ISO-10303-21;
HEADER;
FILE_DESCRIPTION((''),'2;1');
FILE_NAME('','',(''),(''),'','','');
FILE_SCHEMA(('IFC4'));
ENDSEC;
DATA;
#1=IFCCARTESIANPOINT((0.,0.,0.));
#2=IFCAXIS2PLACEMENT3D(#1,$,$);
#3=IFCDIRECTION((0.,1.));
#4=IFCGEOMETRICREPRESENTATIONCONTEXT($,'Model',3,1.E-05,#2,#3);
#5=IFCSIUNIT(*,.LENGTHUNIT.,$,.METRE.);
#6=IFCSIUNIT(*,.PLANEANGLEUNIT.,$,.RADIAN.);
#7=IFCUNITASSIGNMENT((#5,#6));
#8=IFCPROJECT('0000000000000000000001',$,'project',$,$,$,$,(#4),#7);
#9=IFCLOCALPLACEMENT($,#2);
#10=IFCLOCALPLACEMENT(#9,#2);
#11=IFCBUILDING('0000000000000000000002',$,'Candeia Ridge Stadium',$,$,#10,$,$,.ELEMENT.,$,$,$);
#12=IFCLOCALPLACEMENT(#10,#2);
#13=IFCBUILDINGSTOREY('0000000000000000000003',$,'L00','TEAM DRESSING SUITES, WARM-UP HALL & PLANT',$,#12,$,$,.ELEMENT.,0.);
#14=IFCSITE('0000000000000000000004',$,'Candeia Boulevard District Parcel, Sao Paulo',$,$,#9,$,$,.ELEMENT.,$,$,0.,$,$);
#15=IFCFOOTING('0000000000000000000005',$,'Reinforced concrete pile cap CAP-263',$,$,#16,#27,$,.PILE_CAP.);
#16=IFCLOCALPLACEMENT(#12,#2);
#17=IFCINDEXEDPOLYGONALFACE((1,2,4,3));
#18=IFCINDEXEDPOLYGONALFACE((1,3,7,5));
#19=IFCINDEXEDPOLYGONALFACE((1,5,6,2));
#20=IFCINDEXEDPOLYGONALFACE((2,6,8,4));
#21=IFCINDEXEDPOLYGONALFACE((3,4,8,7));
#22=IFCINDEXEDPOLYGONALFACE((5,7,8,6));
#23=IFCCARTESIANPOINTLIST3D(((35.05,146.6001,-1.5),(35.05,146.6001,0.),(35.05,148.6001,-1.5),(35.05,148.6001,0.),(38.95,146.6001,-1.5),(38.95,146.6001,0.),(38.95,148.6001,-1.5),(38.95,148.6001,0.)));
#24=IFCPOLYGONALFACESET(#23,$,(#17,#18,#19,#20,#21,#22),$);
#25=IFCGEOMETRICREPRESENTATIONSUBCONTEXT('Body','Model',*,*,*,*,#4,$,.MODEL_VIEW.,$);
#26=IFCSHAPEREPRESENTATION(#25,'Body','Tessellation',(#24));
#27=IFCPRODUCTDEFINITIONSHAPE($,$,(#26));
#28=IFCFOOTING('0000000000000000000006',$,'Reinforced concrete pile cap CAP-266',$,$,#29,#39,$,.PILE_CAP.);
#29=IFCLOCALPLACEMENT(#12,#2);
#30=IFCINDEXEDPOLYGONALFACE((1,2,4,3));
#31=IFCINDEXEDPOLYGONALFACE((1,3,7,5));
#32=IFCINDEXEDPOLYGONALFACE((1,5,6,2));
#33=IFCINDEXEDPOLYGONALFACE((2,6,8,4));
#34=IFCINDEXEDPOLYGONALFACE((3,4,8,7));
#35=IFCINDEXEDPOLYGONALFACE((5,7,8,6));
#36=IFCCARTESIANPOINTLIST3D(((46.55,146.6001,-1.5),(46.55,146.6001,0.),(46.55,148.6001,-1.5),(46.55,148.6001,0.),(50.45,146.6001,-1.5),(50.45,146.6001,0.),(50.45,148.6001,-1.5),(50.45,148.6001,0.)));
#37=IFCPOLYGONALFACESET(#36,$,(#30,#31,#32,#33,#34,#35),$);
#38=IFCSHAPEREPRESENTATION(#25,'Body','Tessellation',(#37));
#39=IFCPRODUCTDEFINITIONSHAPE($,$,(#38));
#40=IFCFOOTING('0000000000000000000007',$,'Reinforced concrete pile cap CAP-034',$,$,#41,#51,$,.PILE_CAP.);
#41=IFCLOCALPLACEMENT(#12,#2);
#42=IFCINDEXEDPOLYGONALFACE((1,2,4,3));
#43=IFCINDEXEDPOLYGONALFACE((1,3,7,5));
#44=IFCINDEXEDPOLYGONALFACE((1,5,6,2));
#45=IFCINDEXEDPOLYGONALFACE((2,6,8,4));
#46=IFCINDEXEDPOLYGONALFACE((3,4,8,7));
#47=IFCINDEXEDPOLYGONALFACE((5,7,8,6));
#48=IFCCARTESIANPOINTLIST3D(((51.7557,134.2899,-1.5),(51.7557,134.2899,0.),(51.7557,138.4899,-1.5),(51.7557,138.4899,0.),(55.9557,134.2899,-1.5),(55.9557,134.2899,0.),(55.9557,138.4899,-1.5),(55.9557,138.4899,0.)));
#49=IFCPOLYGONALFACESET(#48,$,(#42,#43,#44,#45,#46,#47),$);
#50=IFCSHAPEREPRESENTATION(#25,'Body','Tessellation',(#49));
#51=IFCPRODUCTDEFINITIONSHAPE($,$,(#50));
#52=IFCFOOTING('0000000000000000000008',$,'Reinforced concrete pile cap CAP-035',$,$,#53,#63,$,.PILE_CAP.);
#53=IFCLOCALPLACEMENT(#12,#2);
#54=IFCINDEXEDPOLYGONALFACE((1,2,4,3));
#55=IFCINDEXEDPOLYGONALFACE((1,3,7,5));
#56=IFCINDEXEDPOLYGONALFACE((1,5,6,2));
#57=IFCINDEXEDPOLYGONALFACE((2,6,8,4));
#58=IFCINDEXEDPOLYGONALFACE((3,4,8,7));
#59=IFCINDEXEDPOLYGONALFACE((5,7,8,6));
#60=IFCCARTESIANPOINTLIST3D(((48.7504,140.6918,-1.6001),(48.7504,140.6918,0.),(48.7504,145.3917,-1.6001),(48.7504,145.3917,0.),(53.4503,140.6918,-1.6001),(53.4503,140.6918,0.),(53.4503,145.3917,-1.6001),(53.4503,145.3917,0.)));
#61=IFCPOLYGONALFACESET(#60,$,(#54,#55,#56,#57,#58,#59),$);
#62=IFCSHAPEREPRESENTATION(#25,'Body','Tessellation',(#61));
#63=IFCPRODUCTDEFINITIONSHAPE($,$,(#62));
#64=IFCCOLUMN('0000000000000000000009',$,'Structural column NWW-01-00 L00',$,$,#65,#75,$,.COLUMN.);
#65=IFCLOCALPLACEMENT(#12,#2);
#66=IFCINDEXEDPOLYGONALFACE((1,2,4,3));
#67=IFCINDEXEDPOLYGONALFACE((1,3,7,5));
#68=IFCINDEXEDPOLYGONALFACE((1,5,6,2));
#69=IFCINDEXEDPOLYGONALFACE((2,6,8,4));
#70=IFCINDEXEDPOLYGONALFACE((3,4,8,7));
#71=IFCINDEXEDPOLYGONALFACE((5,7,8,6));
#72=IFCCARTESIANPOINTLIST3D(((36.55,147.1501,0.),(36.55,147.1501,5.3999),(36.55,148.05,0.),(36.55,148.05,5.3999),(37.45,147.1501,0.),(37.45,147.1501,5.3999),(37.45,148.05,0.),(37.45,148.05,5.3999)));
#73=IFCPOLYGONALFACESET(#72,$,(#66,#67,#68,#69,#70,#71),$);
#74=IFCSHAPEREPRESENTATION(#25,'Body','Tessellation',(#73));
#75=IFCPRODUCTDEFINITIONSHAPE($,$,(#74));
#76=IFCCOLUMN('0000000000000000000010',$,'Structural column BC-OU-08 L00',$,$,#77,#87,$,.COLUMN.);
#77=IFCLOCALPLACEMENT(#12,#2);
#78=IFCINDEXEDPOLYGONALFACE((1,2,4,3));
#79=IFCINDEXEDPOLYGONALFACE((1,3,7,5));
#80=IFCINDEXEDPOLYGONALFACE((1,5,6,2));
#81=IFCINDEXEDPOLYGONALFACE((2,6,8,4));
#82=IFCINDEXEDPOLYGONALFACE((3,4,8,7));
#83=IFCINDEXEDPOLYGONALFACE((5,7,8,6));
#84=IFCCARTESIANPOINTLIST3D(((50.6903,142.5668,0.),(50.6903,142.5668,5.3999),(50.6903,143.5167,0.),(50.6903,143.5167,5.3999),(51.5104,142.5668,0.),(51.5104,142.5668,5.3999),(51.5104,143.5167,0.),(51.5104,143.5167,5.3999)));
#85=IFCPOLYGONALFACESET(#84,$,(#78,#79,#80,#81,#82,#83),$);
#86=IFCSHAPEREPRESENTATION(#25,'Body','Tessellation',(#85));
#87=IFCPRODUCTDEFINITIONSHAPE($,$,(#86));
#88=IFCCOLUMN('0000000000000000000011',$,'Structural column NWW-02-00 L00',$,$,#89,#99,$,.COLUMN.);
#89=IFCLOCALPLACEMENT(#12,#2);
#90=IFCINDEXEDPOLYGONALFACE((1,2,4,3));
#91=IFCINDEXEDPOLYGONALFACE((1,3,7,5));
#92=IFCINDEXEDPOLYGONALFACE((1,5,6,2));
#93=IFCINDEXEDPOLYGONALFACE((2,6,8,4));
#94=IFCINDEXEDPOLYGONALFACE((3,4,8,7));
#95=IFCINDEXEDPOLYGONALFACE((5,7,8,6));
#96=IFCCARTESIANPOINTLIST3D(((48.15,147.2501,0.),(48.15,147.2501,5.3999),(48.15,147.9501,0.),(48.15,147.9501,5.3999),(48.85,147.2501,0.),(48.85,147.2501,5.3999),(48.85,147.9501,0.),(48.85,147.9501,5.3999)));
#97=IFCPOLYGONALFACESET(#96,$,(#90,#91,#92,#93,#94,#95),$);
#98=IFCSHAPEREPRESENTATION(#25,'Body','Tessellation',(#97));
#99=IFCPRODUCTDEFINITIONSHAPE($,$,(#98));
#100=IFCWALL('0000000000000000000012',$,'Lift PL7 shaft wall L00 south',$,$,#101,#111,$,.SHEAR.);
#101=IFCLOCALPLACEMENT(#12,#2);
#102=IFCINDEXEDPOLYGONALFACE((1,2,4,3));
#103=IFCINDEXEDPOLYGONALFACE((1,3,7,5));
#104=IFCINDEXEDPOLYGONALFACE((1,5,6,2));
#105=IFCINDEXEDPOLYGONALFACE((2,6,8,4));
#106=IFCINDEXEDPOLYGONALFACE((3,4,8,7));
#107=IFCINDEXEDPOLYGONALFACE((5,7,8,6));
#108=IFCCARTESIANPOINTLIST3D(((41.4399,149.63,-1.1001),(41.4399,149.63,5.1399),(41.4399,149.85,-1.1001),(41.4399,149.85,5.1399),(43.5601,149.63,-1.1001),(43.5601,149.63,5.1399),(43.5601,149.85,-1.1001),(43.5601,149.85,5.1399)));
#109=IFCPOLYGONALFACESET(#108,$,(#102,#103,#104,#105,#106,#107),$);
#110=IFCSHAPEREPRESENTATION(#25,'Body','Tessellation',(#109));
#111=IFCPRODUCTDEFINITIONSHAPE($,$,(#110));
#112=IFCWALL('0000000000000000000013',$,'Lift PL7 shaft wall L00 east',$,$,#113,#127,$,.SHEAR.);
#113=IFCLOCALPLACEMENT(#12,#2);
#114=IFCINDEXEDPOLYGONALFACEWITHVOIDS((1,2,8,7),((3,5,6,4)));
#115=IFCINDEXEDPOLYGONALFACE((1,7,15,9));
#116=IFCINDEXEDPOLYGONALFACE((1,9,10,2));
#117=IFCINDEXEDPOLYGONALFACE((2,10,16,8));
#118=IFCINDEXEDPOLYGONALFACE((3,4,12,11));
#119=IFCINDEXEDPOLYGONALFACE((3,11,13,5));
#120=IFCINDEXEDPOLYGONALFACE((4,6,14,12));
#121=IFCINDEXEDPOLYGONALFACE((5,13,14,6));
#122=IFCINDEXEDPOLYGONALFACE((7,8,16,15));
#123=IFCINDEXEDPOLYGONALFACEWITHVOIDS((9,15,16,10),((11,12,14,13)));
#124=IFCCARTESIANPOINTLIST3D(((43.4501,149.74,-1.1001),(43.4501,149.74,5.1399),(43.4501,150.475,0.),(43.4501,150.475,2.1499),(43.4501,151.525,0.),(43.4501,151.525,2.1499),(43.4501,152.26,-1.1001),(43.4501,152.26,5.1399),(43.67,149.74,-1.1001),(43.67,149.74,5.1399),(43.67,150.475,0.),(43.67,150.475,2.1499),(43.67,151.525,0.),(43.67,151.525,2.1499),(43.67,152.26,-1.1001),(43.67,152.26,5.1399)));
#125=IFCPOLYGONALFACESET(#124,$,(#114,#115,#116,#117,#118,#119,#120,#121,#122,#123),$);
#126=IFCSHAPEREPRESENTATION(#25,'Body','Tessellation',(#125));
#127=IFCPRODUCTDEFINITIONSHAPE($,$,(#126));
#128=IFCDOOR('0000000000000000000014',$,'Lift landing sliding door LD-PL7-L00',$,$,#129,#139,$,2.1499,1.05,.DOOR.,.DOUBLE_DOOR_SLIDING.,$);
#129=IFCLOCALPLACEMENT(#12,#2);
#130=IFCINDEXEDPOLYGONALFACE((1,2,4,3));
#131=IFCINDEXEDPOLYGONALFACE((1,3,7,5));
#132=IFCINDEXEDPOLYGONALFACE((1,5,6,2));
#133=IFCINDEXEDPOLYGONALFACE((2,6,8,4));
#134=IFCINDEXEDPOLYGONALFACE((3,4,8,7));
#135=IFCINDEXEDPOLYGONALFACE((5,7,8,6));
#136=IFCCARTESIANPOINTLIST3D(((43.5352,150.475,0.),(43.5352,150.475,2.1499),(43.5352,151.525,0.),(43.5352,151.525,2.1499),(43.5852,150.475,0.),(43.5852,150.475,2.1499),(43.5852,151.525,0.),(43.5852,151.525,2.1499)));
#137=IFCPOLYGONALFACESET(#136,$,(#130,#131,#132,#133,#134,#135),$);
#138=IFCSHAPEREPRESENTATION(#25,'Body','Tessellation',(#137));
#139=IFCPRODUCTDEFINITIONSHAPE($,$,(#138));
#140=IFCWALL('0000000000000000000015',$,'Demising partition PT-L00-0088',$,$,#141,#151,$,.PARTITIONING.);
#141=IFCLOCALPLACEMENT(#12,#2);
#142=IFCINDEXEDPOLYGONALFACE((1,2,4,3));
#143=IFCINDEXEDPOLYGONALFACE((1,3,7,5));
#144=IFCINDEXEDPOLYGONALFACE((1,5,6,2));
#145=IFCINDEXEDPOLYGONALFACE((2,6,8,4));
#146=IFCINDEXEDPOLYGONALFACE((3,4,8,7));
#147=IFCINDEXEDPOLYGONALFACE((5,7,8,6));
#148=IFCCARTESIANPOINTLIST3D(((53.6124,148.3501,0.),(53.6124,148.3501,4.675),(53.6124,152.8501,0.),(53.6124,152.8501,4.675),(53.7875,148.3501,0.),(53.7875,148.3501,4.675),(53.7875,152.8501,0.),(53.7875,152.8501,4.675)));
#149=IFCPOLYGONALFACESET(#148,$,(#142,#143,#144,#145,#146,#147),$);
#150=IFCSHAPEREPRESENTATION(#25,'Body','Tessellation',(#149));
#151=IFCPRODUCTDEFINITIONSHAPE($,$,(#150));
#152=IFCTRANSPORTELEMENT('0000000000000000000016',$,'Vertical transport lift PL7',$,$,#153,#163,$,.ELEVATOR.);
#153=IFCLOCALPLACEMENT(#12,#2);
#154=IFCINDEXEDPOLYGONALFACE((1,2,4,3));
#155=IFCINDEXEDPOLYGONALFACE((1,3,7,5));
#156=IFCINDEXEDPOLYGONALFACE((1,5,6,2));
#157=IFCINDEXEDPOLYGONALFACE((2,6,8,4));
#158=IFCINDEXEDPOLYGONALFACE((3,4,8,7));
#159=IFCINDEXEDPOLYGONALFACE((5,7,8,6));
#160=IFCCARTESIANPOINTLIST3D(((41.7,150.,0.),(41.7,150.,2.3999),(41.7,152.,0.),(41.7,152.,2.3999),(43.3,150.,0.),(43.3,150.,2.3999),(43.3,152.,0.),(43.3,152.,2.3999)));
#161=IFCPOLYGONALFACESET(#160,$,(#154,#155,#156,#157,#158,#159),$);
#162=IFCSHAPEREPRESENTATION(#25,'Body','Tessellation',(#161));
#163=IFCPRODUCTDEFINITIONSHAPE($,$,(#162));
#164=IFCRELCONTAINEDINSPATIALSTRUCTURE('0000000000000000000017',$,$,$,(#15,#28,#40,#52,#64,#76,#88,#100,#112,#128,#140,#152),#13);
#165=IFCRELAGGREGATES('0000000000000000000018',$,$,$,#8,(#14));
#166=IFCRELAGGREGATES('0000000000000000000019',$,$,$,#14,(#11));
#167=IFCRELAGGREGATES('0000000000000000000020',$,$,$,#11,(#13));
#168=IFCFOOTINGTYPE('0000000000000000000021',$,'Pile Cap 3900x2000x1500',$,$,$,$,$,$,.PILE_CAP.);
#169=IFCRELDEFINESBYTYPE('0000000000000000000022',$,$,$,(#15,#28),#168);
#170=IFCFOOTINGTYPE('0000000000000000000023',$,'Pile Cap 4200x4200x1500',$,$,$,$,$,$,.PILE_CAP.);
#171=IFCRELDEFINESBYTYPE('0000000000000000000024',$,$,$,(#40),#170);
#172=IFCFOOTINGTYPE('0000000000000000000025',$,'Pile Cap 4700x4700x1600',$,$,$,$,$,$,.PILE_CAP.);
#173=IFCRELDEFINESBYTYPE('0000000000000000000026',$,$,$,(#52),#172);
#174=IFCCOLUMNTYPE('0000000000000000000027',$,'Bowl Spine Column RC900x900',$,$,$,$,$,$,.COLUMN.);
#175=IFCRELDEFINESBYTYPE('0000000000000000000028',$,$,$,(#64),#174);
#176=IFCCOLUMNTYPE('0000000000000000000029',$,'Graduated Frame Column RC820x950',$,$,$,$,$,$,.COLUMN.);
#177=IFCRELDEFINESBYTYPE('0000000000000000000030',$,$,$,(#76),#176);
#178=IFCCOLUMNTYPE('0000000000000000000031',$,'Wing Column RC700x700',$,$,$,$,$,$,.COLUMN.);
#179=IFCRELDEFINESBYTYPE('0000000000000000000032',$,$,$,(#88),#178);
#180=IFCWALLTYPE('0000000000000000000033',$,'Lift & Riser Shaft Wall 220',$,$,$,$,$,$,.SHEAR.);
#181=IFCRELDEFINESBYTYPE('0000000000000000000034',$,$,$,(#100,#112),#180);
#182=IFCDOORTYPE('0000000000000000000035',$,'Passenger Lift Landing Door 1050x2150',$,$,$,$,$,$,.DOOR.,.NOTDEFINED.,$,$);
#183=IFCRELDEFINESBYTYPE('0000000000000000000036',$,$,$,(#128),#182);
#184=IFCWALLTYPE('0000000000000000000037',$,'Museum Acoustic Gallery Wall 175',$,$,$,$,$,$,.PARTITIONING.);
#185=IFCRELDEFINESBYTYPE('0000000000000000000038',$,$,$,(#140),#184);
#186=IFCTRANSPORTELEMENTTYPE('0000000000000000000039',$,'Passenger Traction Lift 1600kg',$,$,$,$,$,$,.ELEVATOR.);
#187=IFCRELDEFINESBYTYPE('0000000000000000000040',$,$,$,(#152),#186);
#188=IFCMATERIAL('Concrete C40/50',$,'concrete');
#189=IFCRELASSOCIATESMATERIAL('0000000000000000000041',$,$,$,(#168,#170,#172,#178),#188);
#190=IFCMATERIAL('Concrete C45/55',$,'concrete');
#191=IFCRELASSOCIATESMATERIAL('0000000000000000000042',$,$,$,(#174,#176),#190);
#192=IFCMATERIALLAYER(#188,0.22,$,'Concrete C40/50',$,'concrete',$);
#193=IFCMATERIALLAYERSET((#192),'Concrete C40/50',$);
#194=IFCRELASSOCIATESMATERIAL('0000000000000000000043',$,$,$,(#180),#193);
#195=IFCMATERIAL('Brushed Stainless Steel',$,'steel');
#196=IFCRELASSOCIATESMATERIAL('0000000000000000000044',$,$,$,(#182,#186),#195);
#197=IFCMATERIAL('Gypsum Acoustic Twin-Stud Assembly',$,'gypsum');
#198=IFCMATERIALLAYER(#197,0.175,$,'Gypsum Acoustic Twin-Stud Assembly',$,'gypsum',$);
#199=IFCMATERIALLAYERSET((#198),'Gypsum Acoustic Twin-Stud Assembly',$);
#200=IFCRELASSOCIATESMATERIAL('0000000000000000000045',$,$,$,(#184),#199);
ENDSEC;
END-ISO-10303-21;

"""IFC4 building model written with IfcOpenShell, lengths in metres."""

from ifc_helpers import new_model, si_unit, direction, frame, frame_2d, origin, origin_2d, place, context, subcontext, project, spatial, rectangle, extrude, material, layer, layer_set, material_profile, profile_set, type_object, element, fill, save


model = new_model("IFC4")

# Units and contexts
model_context = context("Model", 3, precision=1e-05, world=origin(), true_north=direction((0.0, 1.0)))
body_context = subcontext(model_context, "Body", "Model", "MODEL_VIEW")
ifc_project = project(units=[si_unit("LENGTHUNIT", "METRE"), si_unit("PLANEANGLEUNIT", "RADIAN")], contexts=[model_context])

# Site, building, storey
site_placement = place(None, origin())
site = spatial("IfcSite", under=ifc_project, at=site_placement, Name="Candeia Boulevard District Parcel, Sao Paulo", CompositionType="ELEMENT", RefElevation=0.0)
building_placement = place(site_placement, origin())
building = spatial("IfcBuilding", under=site, at=building_placement, Name="Candeia Ridge Stadium", CompositionType="ELEMENT")
storey_placement = place(building_placement, origin())
storey = spatial("IfcBuildingStorey", under=building, at=storey_placement, Name="L00", Description="TEAM DRESSING SUITES, WARM-UP HALL & PLANT", CompositionType="ELEMENT", Elevation=0.0)

# Shared definitions
ifc_material_1 = material(Name="Concrete C40/50", Category="concrete")

# Footings
footing_type_1 = type_object("IfcFootingType", Name="Pile Cap 3900x2000x1500", PredefinedType="PILE_CAP", material=ifc_material_1)
for number, where, z_axis, x_axis, name in (
    (1, (37.0, 147.6001, -1.5), (0.0, 0.0, 1.0), (1.0, 0.0, 0.0), "Reinforced concrete pile cap CAP-263"),
    (2, (48.5, 147.6001, -1.5), (0.0, 0.0, 1.0), (1.0, 0.0, 0.0), "Reinforced concrete pile cap CAP-266"),
):
    element("IfcFooting", number, at=place(storey_placement, frame(where, z_axis=z_axis, x_axis=x_axis)), inside=storey, type_object=footing_type_1, Name=name, PredefinedType="PILE_CAP", context=body_context, shape_type="SweptSolid", body=[
        extrude(rectangle(XDim=3.8999, YDim=2.0, at=origin_2d()), origin(), (0.0, 0.0, 1.0), 1.5),
    ])
footing_type_2 = type_object("IfcFootingType", Name="Pile Cap 4200x4200x1500", PredefinedType="PILE_CAP", material=ifc_material_1)
footing_1_placement = place(storey_placement, frame((53.8557, 136.3899, -1.5), z_axis=(0.0, 0.0, 1.0), x_axis=(1.0, 0.0, 0.0)))
element("IfcFooting", 3, at=footing_1_placement, inside=storey, type_object=footing_type_2, Name="Reinforced concrete pile cap CAP-034", PredefinedType="PILE_CAP", context=body_context, shape_type="SweptSolid", body=[
    extrude(rectangle(XDim=4.2, YDim=4.2, at=origin_2d()), origin(), (0.0, 0.0, 1.0), 1.5),
])
footing_type_3 = type_object("IfcFootingType", Name="Pile Cap 4700x4700x1600", PredefinedType="PILE_CAP", material=ifc_material_1)
footing_2_placement = place(storey_placement, frame((51.1003, 143.0417, -1.6001), z_axis=(0.0, 0.0, 1.0), x_axis=(1.0, 0.0, 0.0)))
element("IfcFooting", 4, at=footing_2_placement, inside=storey, type_object=footing_type_3, Name="Reinforced concrete pile cap CAP-035", PredefinedType="PILE_CAP", context=body_context, shape_type="SweptSolid", body=[
    extrude(rectangle(XDim=4.7, YDim=4.7, at=origin_2d()), origin(), (0.0, 0.0, 1.0), 1.6001),
])

# Columns
ifc_material_2 = material(Name="Concrete C45/55", Category="concrete")
ifc_material_profile_1 = material_profile(ifc_material_2, rectangle(XDim=0.8999, YDim=0.8999, at=origin_2d()), Name="RC900x900", Category="concrete")
ifc_profile_set_1 = profile_set([ifc_material_profile_1], Name="Concrete C45/55")
column_type_1 = type_object("IfcColumnType", Name="Bowl Spine Column RC900x900", PredefinedType="COLUMN", material=ifc_profile_set_1)
column_1_placement = place(storey_placement, frame((37.0, 147.6001, 0.0), z_axis=(0.0, 0.0, 1.0), x_axis=(1.0, 0.0, 0.0)))
element("IfcColumn", 5, at=column_1_placement, inside=storey, type_object=column_type_1, Name="Structural column NWW-01-00 L00", PredefinedType="COLUMN", context=body_context, shape_type="SweptSolid", body=[
    extrude(rectangle(XDim=0.8999, YDim=0.8999, at=origin_2d()), origin(), (0.0, 0.0, 1.0), 5.3999),
])
ifc_material_profile_2 = material_profile(ifc_material_2, rectangle(XDim=0.8201, YDim=0.95, at=origin_2d()), Name="RC820x950", Category="concrete")
ifc_profile_set_2 = profile_set([ifc_material_profile_2], Name="Concrete C45/55")
column_type_2 = type_object("IfcColumnType", Name="Graduated Frame Column RC820x950", PredefinedType="COLUMN", material=ifc_profile_set_2)
column_2_placement = place(storey_placement, frame((51.1003, 143.0417, 0.0), z_axis=(0.0, 0.0, 1.0), x_axis=(1.0, 0.0, 0.0)))
element("IfcColumn", 6, at=column_2_placement, inside=storey, type_object=column_type_2, Name="Structural column BC-OU-08 L00", PredefinedType="COLUMN", context=body_context, shape_type="SweptSolid", body=[
    extrude(rectangle(XDim=0.8201, YDim=0.95, at=origin_2d()), origin(), (0.0, 0.0, 1.0), 5.3999),
])
ifc_material_profile_3 = material_profile(ifc_material_1, rectangle(XDim=0.7, YDim=0.7, at=origin_2d()), Name="RC700x700", Category="concrete")
ifc_profile_set_3 = profile_set([ifc_material_profile_3], Name="Concrete C40/50")
column_type_3 = type_object("IfcColumnType", Name="Wing Column RC700x700", PredefinedType="COLUMN", material=ifc_profile_set_3)
column_3_placement = place(storey_placement, frame((48.5, 147.6001, 0.0), z_axis=(0.0, 0.0, 1.0), x_axis=(1.0, 0.0, 0.0)))
element("IfcColumn", 7, at=column_3_placement, inside=storey, type_object=column_type_3, Name="Structural column NWW-02-00 L00", PredefinedType="COLUMN", context=body_context, shape_type="SweptSolid", body=[
    extrude(rectangle(XDim=0.7, YDim=0.7, at=origin_2d()), origin(), (0.0, 0.0, 1.0), 5.3999),
])

# Wall
ifc_layer_1 = layer(ifc_material_1, 0.22, Name="Concrete C40/50", Category="concrete")
ifc_layer_set_1 = layer_set([ifc_layer_1], Name="Concrete C40/50")
wall_type_1 = type_object("IfcWallType", Name="Lift & Riser Shaft Wall 220", PredefinedType="SHEAR", material=ifc_layer_set_1)
wall_1_placement = place(storey_placement, frame((41.4399, 149.74, -1.1001), z_axis=(0.0, 0.0, 1.0), x_axis=(1.0, 0.0, 0.0)))
element("IfcWall", 8, at=wall_1_placement, inside=storey, type_object=wall_type_1, Name="Lift PL7 shaft wall L00 south", PredefinedType="SHEAR", context=body_context, shape_type="SweptSolid", body=[
    extrude(rectangle(XDim=2.1201, YDim=0.22, at=frame_2d((1.0601, 0.0))), origin(), (0.0, 0.0, 1.0), 6.24),
])

# Wall, opening, door
wall_2_placement = place(storey_placement, frame((43.5601, 149.74, -1.1001), z_axis=(0.0, 0.0, 1.0), x_axis=(0.0, 1.0, 0.0)))
wall_2 = element("IfcWall", 9, at=wall_2_placement, inside=storey, type_object=wall_type_1, Name="Lift PL7 shaft wall L00 east", PredefinedType="SHEAR", context=body_context, shape_type="SweptSolid", body=[
    extrude(rectangle(XDim=2.52, YDim=0.22, at=frame_2d((1.26, 0.0))), origin(), (0.0, 0.0, 1.0), 6.24),
])
opening_placement = place(wall_2_placement, frame((0.7351, 0.0, 1.1001)))
opening = element("IfcOpeningElement", 10, at=opening_placement, cuts=wall_2, PredefinedType="OPENING", context=body_context, shape_type="SweptSolid", body=[
    extrude(rectangle(XDim=1.05, YDim=2.1499, at=frame_2d((0.5249, 1.075))), frame((0.0, 0.1199, 0.0), z_axis=(0.0, -1.0, 0.0), x_axis=(1.0, 0.0, 0.0)), (0.0, 0.0, 1.0), 0.24),
])
ifc_material_3 = material(Name="Brushed Stainless Steel", Category="steel")
door_type = type_object("IfcDoorType", Name="Passenger Lift Landing Door 1050x2150", OperationType="NOTDEFINED", PredefinedType="DOOR", material=ifc_material_3)
door_placement = place(opening_placement, origin())
door = element("IfcDoor", 11, at=door_placement, inside=storey, type_object=door_type, Name="Lift landing sliding door LD-PL7-L00", OperationType="DOUBLE_DOOR_SLIDING", OverallHeight=2.1499, OverallWidth=1.05, PredefinedType="DOOR", context=body_context, shape_type="SweptSolid", body=[
    extrude(rectangle(XDim=1.05, YDim=2.1499, at=frame_2d((0.5249, 1.075))), frame((0.0, 0.0249, 0.0), z_axis=(0.0, -1.0, 0.0), x_axis=(1.0, 0.0, 0.0)), (0.0, 0.0, 1.0), 0.05),
])
fill(opening, door)

# Wall
ifc_material_4 = material(Name="Gypsum Acoustic Twin-Stud Assembly", Category="gypsum")
ifc_layer_2 = layer(ifc_material_4, 0.175, Name="Gypsum Acoustic Twin-Stud Assembly", Category="gypsum")
ifc_layer_set_2 = layer_set([ifc_layer_2], Name="Gypsum Acoustic Twin-Stud Assembly")
wall_type_2 = type_object("IfcWallType", Name="Museum Acoustic Gallery Wall 175", PredefinedType="PARTITIONING", material=ifc_layer_set_2)
wall_3_placement = place(storey_placement, frame((53.7, 148.3501, 0.0), z_axis=(0.0, 0.0, 1.0), x_axis=(0.0, 1.0, 0.0)))
element("IfcWall", 12, at=wall_3_placement, inside=storey, type_object=wall_type_2, Name="Demising partition PT-L00-0088", PredefinedType="PARTITIONING", context=body_context, shape_type="SweptSolid", body=[
    extrude(rectangle(XDim=4.5, YDim=0.175, at=frame_2d((2.25, 0.0))), origin(), (0.0, 0.0, 1.0), 4.675),
])

# Transport element
transport_element_type = type_object("IfcTransportElementType", Name="Passenger Traction Lift 1600kg", PredefinedType="ELEVATOR", material=ifc_material_3)
transport_element_placement = place(storey_placement, frame((42.5, 151.0, 0.0), z_axis=(0.0, 0.0, 1.0), x_axis=(1.0, 0.0, 0.0)))
element("IfcTransportElement", 13, at=transport_element_placement, inside=storey, type_object=transport_element_type, Name="Vertical transport lift PL7", PredefinedType="ELEVATOR", context=body_context, shape_type="SweptSolid", body=[
    extrude(rectangle(XDim=1.6001, YDim=2.0, at=origin_2d()), origin(), (0.0, 0.0, 1.0), 2.3999),
])

save(model, "model.ifc")
